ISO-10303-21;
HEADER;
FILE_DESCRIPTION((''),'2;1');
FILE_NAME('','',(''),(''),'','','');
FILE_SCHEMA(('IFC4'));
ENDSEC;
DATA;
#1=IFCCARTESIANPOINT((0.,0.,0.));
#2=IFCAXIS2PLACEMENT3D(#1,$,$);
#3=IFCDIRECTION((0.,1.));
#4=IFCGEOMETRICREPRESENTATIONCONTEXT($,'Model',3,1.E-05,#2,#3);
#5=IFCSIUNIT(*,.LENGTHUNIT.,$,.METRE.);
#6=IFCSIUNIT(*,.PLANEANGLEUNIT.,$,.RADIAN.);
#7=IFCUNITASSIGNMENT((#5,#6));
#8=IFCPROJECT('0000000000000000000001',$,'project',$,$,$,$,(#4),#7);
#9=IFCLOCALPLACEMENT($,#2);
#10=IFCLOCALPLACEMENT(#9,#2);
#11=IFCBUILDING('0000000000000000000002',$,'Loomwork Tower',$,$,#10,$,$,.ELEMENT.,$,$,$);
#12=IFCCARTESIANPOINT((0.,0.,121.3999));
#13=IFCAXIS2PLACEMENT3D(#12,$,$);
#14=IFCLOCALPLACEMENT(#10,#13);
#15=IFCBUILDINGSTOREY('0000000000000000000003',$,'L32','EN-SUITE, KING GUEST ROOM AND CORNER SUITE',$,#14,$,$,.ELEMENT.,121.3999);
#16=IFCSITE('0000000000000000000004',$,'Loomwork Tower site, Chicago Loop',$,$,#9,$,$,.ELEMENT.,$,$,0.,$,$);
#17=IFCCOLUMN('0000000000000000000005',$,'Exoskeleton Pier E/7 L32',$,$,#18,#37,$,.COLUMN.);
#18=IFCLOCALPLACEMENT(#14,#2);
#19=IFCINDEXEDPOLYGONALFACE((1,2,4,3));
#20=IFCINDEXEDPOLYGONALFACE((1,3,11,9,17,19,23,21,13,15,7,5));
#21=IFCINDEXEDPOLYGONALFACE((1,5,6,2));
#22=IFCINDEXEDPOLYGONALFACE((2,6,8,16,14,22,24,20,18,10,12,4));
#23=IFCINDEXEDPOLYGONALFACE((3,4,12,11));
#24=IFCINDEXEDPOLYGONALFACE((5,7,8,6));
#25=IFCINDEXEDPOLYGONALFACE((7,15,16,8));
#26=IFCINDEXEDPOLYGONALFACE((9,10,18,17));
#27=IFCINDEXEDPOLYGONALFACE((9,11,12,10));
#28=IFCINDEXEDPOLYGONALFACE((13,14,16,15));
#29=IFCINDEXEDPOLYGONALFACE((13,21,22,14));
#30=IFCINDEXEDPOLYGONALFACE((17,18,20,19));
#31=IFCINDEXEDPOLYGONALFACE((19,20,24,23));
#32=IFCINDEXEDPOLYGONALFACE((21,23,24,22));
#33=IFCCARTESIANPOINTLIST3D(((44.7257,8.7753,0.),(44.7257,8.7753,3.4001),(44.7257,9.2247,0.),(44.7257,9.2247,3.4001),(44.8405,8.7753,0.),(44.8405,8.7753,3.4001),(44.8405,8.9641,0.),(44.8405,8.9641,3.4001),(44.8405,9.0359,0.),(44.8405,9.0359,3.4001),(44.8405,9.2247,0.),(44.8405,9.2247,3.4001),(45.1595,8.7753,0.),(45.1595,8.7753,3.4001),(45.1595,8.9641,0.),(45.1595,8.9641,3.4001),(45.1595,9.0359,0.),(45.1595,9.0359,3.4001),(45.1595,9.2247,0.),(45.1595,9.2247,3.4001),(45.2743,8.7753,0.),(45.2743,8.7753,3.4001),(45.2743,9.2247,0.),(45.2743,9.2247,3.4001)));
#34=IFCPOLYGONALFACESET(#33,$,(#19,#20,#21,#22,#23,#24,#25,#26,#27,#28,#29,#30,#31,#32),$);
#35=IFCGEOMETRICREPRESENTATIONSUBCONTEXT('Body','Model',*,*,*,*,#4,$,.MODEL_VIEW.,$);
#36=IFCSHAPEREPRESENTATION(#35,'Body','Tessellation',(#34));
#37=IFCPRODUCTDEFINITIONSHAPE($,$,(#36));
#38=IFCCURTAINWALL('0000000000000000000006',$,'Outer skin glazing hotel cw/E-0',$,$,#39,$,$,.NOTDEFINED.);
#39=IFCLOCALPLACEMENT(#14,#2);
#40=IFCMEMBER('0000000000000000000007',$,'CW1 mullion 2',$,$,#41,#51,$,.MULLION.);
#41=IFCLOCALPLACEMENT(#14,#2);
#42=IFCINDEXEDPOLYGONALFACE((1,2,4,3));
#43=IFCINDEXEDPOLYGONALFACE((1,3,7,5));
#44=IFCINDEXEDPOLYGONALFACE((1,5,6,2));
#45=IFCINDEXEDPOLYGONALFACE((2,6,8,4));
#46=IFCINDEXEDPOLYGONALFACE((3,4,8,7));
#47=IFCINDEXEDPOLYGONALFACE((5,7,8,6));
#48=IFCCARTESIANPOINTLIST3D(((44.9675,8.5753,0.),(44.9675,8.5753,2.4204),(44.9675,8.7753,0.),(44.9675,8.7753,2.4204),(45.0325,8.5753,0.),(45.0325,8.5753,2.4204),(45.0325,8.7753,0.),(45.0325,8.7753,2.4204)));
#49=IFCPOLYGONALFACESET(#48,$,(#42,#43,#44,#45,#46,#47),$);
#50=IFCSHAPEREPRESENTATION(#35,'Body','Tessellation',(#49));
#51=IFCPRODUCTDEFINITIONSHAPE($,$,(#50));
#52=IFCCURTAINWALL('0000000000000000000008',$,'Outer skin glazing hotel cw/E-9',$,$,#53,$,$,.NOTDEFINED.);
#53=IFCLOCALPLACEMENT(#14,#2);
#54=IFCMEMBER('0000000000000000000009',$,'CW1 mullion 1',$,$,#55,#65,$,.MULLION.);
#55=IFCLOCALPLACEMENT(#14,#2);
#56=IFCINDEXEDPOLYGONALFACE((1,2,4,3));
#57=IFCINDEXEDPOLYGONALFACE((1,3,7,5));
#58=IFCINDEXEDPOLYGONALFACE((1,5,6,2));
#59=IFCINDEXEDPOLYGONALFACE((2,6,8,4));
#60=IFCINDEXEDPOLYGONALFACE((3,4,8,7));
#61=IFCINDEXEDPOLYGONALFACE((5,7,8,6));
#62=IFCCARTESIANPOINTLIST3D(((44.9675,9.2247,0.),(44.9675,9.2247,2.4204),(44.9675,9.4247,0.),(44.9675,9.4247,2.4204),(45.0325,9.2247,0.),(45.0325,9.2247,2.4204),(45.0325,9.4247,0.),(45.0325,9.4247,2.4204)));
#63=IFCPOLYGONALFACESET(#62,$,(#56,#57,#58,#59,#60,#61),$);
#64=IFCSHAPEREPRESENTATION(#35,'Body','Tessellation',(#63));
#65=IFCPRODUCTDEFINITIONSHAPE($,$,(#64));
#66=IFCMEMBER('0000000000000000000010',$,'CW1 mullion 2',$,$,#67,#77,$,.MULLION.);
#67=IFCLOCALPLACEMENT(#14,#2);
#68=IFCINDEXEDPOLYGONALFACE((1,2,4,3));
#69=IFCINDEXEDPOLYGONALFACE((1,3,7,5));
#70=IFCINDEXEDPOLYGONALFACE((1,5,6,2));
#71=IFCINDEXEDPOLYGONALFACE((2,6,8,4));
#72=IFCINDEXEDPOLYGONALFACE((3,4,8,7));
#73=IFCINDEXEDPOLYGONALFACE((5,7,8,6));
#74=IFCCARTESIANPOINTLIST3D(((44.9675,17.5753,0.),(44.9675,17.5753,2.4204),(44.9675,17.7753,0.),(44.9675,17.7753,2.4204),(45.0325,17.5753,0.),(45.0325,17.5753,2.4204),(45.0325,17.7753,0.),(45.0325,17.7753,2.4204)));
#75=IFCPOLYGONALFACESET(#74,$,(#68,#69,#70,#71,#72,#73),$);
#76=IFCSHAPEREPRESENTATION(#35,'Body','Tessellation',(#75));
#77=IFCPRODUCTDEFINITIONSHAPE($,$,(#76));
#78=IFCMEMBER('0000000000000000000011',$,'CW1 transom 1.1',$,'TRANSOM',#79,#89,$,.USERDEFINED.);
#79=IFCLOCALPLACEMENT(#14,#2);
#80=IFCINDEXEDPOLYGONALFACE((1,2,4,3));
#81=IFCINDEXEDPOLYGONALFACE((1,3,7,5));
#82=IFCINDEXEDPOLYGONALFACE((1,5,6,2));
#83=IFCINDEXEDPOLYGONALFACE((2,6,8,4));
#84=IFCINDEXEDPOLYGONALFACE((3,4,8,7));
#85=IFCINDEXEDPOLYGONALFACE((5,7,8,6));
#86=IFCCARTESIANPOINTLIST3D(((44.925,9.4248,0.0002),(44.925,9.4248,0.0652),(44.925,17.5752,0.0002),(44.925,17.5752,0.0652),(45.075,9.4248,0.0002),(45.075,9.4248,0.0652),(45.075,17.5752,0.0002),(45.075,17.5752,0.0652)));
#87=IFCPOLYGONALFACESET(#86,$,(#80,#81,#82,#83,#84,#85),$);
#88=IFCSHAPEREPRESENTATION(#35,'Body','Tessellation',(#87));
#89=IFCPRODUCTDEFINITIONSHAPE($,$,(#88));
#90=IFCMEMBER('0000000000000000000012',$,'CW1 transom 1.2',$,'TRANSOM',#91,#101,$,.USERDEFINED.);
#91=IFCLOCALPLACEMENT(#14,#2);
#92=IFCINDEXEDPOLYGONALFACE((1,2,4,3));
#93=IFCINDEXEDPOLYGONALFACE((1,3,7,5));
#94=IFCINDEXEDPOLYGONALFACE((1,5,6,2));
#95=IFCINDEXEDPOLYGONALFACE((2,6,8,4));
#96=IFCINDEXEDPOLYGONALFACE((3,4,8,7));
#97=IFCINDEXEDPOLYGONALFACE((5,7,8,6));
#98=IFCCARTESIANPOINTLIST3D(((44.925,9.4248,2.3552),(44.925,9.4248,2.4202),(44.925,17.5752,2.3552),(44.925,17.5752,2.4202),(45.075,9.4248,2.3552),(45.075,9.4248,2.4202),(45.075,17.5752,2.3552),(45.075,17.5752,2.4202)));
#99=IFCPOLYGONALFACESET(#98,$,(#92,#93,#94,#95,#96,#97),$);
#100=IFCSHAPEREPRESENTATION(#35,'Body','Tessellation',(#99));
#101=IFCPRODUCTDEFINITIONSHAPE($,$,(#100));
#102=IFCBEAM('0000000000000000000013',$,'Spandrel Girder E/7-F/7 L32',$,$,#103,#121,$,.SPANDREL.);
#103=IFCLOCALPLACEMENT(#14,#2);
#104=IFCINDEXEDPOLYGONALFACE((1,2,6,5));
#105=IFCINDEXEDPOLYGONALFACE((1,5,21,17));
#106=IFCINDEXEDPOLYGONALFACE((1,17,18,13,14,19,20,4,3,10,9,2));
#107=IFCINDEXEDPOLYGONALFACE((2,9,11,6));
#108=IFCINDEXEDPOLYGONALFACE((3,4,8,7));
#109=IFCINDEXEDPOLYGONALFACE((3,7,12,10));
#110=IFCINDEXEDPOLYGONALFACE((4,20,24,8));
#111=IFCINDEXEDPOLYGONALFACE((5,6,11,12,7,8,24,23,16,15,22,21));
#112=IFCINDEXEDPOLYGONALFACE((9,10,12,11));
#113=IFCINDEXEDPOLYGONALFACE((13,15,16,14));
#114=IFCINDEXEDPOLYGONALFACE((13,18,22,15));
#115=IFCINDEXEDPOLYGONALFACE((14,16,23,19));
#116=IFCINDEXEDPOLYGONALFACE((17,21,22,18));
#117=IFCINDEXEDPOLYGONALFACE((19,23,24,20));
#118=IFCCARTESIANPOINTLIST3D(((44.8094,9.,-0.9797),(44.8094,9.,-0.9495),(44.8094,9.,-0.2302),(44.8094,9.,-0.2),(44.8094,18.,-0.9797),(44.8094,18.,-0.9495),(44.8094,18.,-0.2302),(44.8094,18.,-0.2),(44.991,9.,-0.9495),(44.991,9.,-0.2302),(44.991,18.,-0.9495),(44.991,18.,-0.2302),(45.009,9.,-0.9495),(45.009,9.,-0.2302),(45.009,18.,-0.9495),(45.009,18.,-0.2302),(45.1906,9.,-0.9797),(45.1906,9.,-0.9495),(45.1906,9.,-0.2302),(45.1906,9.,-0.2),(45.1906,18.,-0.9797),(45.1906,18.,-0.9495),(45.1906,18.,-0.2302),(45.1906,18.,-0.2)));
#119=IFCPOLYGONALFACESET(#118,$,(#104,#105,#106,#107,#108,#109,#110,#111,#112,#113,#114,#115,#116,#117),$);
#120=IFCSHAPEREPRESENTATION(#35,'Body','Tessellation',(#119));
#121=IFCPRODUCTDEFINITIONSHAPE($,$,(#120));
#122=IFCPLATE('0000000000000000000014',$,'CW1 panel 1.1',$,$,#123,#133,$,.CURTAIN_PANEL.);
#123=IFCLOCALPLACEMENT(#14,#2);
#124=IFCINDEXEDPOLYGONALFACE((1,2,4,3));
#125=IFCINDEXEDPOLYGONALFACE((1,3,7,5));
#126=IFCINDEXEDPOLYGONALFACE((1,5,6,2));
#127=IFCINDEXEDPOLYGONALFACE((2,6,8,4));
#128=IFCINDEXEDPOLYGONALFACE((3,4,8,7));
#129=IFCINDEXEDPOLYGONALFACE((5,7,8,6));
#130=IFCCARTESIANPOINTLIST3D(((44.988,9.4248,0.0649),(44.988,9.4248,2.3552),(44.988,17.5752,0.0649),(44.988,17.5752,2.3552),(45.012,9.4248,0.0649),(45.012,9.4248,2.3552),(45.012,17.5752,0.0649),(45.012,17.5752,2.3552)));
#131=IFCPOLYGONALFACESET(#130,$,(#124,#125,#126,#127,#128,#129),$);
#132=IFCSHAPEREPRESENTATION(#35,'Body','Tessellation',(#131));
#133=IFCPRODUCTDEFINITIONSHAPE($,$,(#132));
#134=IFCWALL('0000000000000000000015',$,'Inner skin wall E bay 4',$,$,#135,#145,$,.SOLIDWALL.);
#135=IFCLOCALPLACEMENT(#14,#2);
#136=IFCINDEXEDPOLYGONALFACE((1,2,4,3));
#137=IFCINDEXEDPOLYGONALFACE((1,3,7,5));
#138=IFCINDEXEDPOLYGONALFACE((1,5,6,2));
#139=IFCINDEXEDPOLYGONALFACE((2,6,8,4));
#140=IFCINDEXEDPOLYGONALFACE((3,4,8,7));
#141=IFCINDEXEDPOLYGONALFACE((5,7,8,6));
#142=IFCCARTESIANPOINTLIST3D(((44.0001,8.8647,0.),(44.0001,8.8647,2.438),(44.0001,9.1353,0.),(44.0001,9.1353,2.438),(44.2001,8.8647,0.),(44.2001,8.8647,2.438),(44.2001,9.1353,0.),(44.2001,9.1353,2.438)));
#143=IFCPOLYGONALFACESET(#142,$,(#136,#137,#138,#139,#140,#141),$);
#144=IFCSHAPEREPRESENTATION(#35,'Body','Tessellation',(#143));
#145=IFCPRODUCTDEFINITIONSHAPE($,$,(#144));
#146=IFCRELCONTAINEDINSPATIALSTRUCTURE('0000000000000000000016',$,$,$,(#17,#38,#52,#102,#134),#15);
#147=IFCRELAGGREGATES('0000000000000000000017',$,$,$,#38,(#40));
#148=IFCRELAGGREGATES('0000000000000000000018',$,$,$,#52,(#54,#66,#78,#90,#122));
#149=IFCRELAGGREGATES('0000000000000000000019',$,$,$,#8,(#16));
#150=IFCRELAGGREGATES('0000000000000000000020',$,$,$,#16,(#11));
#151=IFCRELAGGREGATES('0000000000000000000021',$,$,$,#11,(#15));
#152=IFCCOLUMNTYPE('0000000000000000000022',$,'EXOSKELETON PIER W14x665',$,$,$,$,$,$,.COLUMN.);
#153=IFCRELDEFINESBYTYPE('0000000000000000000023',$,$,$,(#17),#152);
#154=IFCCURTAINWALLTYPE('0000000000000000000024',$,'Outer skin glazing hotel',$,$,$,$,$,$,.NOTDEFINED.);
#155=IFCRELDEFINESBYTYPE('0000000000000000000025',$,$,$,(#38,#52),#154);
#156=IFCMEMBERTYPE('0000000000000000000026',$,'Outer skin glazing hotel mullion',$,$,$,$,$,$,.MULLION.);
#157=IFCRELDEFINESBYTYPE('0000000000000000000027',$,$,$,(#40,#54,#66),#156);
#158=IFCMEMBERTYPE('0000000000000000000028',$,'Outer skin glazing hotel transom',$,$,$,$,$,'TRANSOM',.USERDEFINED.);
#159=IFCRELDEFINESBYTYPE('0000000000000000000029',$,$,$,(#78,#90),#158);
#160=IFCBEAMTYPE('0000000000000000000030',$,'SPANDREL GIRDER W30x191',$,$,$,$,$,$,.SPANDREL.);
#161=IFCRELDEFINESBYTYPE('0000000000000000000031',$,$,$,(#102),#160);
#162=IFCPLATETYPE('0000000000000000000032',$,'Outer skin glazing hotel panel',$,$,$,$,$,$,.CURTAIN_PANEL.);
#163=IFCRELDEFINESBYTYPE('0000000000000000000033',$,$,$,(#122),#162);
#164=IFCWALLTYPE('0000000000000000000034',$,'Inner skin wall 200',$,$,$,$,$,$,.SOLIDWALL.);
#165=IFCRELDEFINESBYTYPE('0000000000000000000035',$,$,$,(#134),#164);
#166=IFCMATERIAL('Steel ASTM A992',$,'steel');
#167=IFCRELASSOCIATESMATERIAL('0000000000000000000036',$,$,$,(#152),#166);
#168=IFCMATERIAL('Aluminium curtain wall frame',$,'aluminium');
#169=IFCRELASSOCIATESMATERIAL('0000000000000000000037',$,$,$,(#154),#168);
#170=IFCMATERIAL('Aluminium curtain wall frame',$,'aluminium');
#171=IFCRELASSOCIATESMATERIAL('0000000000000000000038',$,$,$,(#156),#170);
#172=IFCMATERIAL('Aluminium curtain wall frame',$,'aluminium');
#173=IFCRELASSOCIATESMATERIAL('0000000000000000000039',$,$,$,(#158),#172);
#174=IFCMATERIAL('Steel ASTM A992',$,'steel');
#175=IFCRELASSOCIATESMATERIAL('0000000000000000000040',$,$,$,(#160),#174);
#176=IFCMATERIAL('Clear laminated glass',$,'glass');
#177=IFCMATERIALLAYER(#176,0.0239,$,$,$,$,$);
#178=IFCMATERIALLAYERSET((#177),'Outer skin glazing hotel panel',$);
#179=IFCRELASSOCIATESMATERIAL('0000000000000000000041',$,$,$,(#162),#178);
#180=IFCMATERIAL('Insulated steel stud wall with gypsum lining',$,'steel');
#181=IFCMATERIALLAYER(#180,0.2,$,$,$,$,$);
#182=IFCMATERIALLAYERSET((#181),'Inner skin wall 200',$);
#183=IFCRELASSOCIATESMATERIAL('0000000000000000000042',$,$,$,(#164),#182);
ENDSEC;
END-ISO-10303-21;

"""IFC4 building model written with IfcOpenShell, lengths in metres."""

from ifc_helpers import new_model, si_unit, direction, frame, frame_2d, origin, origin_2d, place, context, subcontext, project, spatial, rectangle, i_section, extrude, material, layer, layer_set, material_profile, profile_set, type_object, element, aggregate, save


model = new_model("IFC4")

# Units and contexts
model_context = context("Model", 3, precision=1e-05, world=origin(), true_north=direction((0.0, 1.0)))
body_context = subcontext(model_context, "Body", "Model", "MODEL_VIEW")
ifc_project = project(units=[si_unit("LENGTHUNIT", "METRE"), si_unit("PLANEANGLEUNIT", "RADIAN")], contexts=[model_context])

# Site, building, storey
site_placement = place(None, origin())
site = spatial("IfcSite", under=ifc_project, at=site_placement, Name="Loomwork Tower site, Chicago Loop", CompositionType="ELEMENT", RefElevation=0.0)
building_placement = place(site_placement, origin())
building = spatial("IfcBuilding", under=site, at=building_placement, Name="Loomwork Tower", CompositionType="ELEMENT")
storey_placement = place(building_placement, frame((0.0, 0.0, 121.3999)))
storey = spatial("IfcBuildingStorey", under=building, at=storey_placement, Name="L32", Description="EN-SUITE, KING GUEST ROOM AND CORNER SUITE", CompositionType="ELEMENT", Elevation=121.3999)

# Column
ifc_material_1 = material(Name="Steel ASTM A992", Category="steel")
ifc_material_profile_1 = material_profile(ifc_material_1, i_section(OverallWidth=0.4495, OverallDepth=0.5486, WebThickness=0.0718, FlangeThickness=0.1147, at=origin_2d()), Name="W14x665")
ifc_profile_set_1 = profile_set([ifc_material_profile_1], Name="Steel ASTM A992")
column_type = type_object("IfcColumnType", Name="EXOSKELETON PIER W14x665", PredefinedType="COLUMN", material=ifc_profile_set_1)
column_placement = place(storey_placement, frame((45.0, 9.0, 0.0), z_axis=(0.0, 0.0, 1.0), x_axis=(0.0, 1.0, 0.0)))
element("IfcColumn", 1, at=column_placement, inside=storey, type_object=column_type, Name="Exoskeleton Pier E/7 L32", PredefinedType="COLUMN", context=body_context, shape_type="SweptSolid", body=[
    extrude(i_section(OverallWidth=0.4495, OverallDepth=0.5486, WebThickness=0.0718, FlangeThickness=0.1147, at=origin_2d()), origin(), (0.0, 0.0, 1.0), 3.4001),
])

# Curtain wall, member
ifc_material_2 = material(Name="Aluminium curtain wall frame", Category="aluminium")
curtain_wall_type = type_object("IfcCurtainWallType", Name="Outer skin glazing hotel", PredefinedType="NOTDEFINED", material=ifc_material_2)
curtain_wall_1_placement = place(storey_placement, origin())
curtain_wall_1 = element("IfcCurtainWall", 2, at=curtain_wall_1_placement, inside=storey, type_object=curtain_wall_type, Name="Outer skin glazing hotel cw/E-0", PredefinedType="NOTDEFINED")
ifc_material_3 = material(Name="Aluminium curtain wall frame", Category="aluminium")
ifc_material_profile_2 = material_profile(ifc_material_3, rectangle(XDim=0.0649, YDim=0.2, at=origin_2d()), Name="AL 65x200")
ifc_profile_set_2 = profile_set([ifc_material_profile_2], Name="Aluminium curtain wall frame")
member_type_1 = type_object("IfcMemberType", Name="Outer skin glazing hotel mullion", PredefinedType="MULLION", material=ifc_profile_set_2)
member_1_placement = place(storey_placement, frame((45.0, 8.6753, 0.0), z_axis=(0.0, 0.0, 1.0), x_axis=(-1.0, 0.0, 0.0)))
member_1 = element("IfcMember", 3, at=member_1_placement, type_object=member_type_1, Name="CW1 mullion 2", PredefinedType="MULLION", context=body_context, shape_type="SweptSolid", body=[
    extrude(rectangle(XDim=0.0649, YDim=0.2, at=origin_2d()), origin(), (0.0, 0.0, 1.0), 2.4204),
])
aggregate(curtain_wall_1, [member_1])

# Curtain wall, members
curtain_wall_2_placement = place(storey_placement, origin())
curtain_wall_2 = element("IfcCurtainWall", 4, at=curtain_wall_2_placement, inside=storey, type_object=curtain_wall_type, Name="Outer skin glazing hotel cw/E-9", PredefinedType="NOTDEFINED")
member_2_placement = place(storey_placement, frame((45.0, 9.3247, 0.0), z_axis=(0.0, 0.0, 1.0), x_axis=(-1.0, 0.0, 0.0)))
member_2 = element("IfcMember", 5, at=member_2_placement, type_object=member_type_1, Name="CW1 mullion 1", PredefinedType="MULLION", context=body_context, shape_type="SweptSolid", body=[
    extrude(rectangle(XDim=0.0649, YDim=0.2, at=origin_2d()), origin(), (0.0, 0.0, 1.0), 2.4204),
])
member_3_placement = place(storey_placement, frame((45.0, 17.6753, 0.0), z_axis=(0.0, 0.0, 1.0), x_axis=(-1.0, 0.0, 0.0)))
member_3 = element("IfcMember", 6, at=member_3_placement, type_object=member_type_1, Name="CW1 mullion 2", PredefinedType="MULLION", context=body_context, shape_type="SweptSolid", body=[
    extrude(rectangle(XDim=0.0649, YDim=0.2, at=origin_2d()), origin(), (0.0, 0.0, 1.0), 2.4204),
])
ifc_material_4 = material(Name="Aluminium curtain wall frame", Category="aluminium")
ifc_material_profile_3 = material_profile(ifc_material_4, rectangle(XDim=0.1499, YDim=0.0649, at=origin_2d()), Name="AL 65x150")
ifc_profile_set_3 = profile_set([ifc_material_profile_3], Name="Aluminium curtain wall frame")
member_type_2 = type_object("IfcMemberType", Name="Outer skin glazing hotel transom", ElementType="TRANSOM", PredefinedType="USERDEFINED", material=ifc_profile_set_3)
member_4_placement = place(storey_placement, frame((45.0, 9.4248, 0.0327), z_axis=(0.0, 1.0, 0.0), x_axis=(-1.0, 0.0, 0.0)))
member_4 = element("IfcMember", 7, at=member_4_placement, type_object=member_type_2, Name="CW1 transom 1.1", ObjectType="TRANSOM", PredefinedType="USERDEFINED", context=body_context, shape_type="SweptSolid", body=[
    extrude(rectangle(XDim=0.1499, YDim=0.0649, at=origin_2d()), origin(), (0.0, 0.0, 1.0), 8.1504),
])
member_5_placement = place(storey_placement, frame((45.0, 9.4248, 2.3877), z_axis=(0.0, 1.0, 0.0), x_axis=(-1.0, 0.0, 0.0)))
member_5 = element("IfcMember", 8, at=member_5_placement, type_object=member_type_2, Name="CW1 transom 1.2", ObjectType="TRANSOM", PredefinedType="USERDEFINED", context=body_context, shape_type="SweptSolid", body=[
    extrude(rectangle(XDim=0.1499, YDim=0.0649, at=origin_2d()), origin(), (0.0, 0.0, 1.0), 8.1504),
])

# Beam
ifc_material_5 = material(Name="Steel ASTM A992", Category="steel")
ifc_material_profile_4 = material_profile(ifc_material_5, i_section(OverallWidth=0.3811, OverallDepth=0.7798, WebThickness=0.0181, FlangeThickness=0.0303, at=origin_2d()), Name="W30x191")
ifc_profile_set_4 = profile_set([ifc_material_profile_4], Name="Steel ASTM A992")
beam_type = type_object("IfcBeamType", Name="SPANDREL GIRDER W30x191", PredefinedType="SPANDREL", material=ifc_profile_set_4)
beam_placement = place(storey_placement, frame((45.0, 9.0, -0.5898), z_axis=(0.0, 1.0, 0.0), x_axis=(-1.0, 0.0, 0.0)))
element("IfcBeam", 9, at=beam_placement, inside=storey, type_object=beam_type, Name="Spandrel Girder E/7-F/7 L32", PredefinedType="SPANDREL", context=body_context, shape_type="SweptSolid", body=[
    extrude(i_section(OverallWidth=0.3811, OverallDepth=0.7798, WebThickness=0.0181, FlangeThickness=0.0303, at=origin_2d()), origin(), (0.0, 0.0, 1.0), 9.0),
])

# Plate
ifc_material_6 = material(Name="Clear laminated glass", Category="glass")
ifc_layer_1 = layer(ifc_material_6, 0.0239)
ifc_layer_set_1 = layer_set([ifc_layer_1], Name="Outer skin glazing hotel panel")
plate_type = type_object("IfcPlateType", Name="Outer skin glazing hotel panel", PredefinedType="CURTAIN_PANEL", material=ifc_layer_set_1)
plate_placement = place(storey_placement, frame((45.0, 13.5, 0.0649), z_axis=(0.0, 0.0, 1.0), x_axis=(0.0, 1.0, 0.0)))
plate = element("IfcPlate", 10, at=plate_placement, type_object=plate_type, Name="CW1 panel 1.1", PredefinedType="CURTAIN_PANEL", context=body_context, shape_type="SweptSolid", body=[
    extrude(rectangle(XDim=8.1504, YDim=0.0239, at=origin_2d()), origin(), (0.0, 0.0, 1.0), 2.2903),
])
aggregate(curtain_wall_2, [member_2, member_3, member_4, member_5, plate])

# Wall
ifc_material_7 = material(Name="Insulated steel stud wall with gypsum lining", Category="steel")
ifc_layer_2 = layer(ifc_material_7, 0.2)
ifc_layer_set_2 = layer_set([ifc_layer_2], Name="Inner skin wall 200")
wall_type = type_object("IfcWallType", Name="Inner skin wall 200", PredefinedType="SOLIDWALL", material=ifc_layer_set_2)
wall_1_placement = place(storey_placement, frame((44.1001, 8.8647, 0.0), z_axis=(0.0, 0.0, 1.0), x_axis=(0.0, 1.0, 0.0)))
element("IfcWall", 11, at=wall_1_placement, inside=storey, type_object=wall_type, Name="Inner skin wall E bay 4", PredefinedType="SOLIDWALL", context=body_context, shape_type="SweptSolid", body=[
    extrude(rectangle(XDim=0.2705, YDim=0.2, at=frame_2d((0.1353, 0.0))), origin(), (0.0, 0.0, 1.0), 2.438),
])

save(model, "model.ifc")
